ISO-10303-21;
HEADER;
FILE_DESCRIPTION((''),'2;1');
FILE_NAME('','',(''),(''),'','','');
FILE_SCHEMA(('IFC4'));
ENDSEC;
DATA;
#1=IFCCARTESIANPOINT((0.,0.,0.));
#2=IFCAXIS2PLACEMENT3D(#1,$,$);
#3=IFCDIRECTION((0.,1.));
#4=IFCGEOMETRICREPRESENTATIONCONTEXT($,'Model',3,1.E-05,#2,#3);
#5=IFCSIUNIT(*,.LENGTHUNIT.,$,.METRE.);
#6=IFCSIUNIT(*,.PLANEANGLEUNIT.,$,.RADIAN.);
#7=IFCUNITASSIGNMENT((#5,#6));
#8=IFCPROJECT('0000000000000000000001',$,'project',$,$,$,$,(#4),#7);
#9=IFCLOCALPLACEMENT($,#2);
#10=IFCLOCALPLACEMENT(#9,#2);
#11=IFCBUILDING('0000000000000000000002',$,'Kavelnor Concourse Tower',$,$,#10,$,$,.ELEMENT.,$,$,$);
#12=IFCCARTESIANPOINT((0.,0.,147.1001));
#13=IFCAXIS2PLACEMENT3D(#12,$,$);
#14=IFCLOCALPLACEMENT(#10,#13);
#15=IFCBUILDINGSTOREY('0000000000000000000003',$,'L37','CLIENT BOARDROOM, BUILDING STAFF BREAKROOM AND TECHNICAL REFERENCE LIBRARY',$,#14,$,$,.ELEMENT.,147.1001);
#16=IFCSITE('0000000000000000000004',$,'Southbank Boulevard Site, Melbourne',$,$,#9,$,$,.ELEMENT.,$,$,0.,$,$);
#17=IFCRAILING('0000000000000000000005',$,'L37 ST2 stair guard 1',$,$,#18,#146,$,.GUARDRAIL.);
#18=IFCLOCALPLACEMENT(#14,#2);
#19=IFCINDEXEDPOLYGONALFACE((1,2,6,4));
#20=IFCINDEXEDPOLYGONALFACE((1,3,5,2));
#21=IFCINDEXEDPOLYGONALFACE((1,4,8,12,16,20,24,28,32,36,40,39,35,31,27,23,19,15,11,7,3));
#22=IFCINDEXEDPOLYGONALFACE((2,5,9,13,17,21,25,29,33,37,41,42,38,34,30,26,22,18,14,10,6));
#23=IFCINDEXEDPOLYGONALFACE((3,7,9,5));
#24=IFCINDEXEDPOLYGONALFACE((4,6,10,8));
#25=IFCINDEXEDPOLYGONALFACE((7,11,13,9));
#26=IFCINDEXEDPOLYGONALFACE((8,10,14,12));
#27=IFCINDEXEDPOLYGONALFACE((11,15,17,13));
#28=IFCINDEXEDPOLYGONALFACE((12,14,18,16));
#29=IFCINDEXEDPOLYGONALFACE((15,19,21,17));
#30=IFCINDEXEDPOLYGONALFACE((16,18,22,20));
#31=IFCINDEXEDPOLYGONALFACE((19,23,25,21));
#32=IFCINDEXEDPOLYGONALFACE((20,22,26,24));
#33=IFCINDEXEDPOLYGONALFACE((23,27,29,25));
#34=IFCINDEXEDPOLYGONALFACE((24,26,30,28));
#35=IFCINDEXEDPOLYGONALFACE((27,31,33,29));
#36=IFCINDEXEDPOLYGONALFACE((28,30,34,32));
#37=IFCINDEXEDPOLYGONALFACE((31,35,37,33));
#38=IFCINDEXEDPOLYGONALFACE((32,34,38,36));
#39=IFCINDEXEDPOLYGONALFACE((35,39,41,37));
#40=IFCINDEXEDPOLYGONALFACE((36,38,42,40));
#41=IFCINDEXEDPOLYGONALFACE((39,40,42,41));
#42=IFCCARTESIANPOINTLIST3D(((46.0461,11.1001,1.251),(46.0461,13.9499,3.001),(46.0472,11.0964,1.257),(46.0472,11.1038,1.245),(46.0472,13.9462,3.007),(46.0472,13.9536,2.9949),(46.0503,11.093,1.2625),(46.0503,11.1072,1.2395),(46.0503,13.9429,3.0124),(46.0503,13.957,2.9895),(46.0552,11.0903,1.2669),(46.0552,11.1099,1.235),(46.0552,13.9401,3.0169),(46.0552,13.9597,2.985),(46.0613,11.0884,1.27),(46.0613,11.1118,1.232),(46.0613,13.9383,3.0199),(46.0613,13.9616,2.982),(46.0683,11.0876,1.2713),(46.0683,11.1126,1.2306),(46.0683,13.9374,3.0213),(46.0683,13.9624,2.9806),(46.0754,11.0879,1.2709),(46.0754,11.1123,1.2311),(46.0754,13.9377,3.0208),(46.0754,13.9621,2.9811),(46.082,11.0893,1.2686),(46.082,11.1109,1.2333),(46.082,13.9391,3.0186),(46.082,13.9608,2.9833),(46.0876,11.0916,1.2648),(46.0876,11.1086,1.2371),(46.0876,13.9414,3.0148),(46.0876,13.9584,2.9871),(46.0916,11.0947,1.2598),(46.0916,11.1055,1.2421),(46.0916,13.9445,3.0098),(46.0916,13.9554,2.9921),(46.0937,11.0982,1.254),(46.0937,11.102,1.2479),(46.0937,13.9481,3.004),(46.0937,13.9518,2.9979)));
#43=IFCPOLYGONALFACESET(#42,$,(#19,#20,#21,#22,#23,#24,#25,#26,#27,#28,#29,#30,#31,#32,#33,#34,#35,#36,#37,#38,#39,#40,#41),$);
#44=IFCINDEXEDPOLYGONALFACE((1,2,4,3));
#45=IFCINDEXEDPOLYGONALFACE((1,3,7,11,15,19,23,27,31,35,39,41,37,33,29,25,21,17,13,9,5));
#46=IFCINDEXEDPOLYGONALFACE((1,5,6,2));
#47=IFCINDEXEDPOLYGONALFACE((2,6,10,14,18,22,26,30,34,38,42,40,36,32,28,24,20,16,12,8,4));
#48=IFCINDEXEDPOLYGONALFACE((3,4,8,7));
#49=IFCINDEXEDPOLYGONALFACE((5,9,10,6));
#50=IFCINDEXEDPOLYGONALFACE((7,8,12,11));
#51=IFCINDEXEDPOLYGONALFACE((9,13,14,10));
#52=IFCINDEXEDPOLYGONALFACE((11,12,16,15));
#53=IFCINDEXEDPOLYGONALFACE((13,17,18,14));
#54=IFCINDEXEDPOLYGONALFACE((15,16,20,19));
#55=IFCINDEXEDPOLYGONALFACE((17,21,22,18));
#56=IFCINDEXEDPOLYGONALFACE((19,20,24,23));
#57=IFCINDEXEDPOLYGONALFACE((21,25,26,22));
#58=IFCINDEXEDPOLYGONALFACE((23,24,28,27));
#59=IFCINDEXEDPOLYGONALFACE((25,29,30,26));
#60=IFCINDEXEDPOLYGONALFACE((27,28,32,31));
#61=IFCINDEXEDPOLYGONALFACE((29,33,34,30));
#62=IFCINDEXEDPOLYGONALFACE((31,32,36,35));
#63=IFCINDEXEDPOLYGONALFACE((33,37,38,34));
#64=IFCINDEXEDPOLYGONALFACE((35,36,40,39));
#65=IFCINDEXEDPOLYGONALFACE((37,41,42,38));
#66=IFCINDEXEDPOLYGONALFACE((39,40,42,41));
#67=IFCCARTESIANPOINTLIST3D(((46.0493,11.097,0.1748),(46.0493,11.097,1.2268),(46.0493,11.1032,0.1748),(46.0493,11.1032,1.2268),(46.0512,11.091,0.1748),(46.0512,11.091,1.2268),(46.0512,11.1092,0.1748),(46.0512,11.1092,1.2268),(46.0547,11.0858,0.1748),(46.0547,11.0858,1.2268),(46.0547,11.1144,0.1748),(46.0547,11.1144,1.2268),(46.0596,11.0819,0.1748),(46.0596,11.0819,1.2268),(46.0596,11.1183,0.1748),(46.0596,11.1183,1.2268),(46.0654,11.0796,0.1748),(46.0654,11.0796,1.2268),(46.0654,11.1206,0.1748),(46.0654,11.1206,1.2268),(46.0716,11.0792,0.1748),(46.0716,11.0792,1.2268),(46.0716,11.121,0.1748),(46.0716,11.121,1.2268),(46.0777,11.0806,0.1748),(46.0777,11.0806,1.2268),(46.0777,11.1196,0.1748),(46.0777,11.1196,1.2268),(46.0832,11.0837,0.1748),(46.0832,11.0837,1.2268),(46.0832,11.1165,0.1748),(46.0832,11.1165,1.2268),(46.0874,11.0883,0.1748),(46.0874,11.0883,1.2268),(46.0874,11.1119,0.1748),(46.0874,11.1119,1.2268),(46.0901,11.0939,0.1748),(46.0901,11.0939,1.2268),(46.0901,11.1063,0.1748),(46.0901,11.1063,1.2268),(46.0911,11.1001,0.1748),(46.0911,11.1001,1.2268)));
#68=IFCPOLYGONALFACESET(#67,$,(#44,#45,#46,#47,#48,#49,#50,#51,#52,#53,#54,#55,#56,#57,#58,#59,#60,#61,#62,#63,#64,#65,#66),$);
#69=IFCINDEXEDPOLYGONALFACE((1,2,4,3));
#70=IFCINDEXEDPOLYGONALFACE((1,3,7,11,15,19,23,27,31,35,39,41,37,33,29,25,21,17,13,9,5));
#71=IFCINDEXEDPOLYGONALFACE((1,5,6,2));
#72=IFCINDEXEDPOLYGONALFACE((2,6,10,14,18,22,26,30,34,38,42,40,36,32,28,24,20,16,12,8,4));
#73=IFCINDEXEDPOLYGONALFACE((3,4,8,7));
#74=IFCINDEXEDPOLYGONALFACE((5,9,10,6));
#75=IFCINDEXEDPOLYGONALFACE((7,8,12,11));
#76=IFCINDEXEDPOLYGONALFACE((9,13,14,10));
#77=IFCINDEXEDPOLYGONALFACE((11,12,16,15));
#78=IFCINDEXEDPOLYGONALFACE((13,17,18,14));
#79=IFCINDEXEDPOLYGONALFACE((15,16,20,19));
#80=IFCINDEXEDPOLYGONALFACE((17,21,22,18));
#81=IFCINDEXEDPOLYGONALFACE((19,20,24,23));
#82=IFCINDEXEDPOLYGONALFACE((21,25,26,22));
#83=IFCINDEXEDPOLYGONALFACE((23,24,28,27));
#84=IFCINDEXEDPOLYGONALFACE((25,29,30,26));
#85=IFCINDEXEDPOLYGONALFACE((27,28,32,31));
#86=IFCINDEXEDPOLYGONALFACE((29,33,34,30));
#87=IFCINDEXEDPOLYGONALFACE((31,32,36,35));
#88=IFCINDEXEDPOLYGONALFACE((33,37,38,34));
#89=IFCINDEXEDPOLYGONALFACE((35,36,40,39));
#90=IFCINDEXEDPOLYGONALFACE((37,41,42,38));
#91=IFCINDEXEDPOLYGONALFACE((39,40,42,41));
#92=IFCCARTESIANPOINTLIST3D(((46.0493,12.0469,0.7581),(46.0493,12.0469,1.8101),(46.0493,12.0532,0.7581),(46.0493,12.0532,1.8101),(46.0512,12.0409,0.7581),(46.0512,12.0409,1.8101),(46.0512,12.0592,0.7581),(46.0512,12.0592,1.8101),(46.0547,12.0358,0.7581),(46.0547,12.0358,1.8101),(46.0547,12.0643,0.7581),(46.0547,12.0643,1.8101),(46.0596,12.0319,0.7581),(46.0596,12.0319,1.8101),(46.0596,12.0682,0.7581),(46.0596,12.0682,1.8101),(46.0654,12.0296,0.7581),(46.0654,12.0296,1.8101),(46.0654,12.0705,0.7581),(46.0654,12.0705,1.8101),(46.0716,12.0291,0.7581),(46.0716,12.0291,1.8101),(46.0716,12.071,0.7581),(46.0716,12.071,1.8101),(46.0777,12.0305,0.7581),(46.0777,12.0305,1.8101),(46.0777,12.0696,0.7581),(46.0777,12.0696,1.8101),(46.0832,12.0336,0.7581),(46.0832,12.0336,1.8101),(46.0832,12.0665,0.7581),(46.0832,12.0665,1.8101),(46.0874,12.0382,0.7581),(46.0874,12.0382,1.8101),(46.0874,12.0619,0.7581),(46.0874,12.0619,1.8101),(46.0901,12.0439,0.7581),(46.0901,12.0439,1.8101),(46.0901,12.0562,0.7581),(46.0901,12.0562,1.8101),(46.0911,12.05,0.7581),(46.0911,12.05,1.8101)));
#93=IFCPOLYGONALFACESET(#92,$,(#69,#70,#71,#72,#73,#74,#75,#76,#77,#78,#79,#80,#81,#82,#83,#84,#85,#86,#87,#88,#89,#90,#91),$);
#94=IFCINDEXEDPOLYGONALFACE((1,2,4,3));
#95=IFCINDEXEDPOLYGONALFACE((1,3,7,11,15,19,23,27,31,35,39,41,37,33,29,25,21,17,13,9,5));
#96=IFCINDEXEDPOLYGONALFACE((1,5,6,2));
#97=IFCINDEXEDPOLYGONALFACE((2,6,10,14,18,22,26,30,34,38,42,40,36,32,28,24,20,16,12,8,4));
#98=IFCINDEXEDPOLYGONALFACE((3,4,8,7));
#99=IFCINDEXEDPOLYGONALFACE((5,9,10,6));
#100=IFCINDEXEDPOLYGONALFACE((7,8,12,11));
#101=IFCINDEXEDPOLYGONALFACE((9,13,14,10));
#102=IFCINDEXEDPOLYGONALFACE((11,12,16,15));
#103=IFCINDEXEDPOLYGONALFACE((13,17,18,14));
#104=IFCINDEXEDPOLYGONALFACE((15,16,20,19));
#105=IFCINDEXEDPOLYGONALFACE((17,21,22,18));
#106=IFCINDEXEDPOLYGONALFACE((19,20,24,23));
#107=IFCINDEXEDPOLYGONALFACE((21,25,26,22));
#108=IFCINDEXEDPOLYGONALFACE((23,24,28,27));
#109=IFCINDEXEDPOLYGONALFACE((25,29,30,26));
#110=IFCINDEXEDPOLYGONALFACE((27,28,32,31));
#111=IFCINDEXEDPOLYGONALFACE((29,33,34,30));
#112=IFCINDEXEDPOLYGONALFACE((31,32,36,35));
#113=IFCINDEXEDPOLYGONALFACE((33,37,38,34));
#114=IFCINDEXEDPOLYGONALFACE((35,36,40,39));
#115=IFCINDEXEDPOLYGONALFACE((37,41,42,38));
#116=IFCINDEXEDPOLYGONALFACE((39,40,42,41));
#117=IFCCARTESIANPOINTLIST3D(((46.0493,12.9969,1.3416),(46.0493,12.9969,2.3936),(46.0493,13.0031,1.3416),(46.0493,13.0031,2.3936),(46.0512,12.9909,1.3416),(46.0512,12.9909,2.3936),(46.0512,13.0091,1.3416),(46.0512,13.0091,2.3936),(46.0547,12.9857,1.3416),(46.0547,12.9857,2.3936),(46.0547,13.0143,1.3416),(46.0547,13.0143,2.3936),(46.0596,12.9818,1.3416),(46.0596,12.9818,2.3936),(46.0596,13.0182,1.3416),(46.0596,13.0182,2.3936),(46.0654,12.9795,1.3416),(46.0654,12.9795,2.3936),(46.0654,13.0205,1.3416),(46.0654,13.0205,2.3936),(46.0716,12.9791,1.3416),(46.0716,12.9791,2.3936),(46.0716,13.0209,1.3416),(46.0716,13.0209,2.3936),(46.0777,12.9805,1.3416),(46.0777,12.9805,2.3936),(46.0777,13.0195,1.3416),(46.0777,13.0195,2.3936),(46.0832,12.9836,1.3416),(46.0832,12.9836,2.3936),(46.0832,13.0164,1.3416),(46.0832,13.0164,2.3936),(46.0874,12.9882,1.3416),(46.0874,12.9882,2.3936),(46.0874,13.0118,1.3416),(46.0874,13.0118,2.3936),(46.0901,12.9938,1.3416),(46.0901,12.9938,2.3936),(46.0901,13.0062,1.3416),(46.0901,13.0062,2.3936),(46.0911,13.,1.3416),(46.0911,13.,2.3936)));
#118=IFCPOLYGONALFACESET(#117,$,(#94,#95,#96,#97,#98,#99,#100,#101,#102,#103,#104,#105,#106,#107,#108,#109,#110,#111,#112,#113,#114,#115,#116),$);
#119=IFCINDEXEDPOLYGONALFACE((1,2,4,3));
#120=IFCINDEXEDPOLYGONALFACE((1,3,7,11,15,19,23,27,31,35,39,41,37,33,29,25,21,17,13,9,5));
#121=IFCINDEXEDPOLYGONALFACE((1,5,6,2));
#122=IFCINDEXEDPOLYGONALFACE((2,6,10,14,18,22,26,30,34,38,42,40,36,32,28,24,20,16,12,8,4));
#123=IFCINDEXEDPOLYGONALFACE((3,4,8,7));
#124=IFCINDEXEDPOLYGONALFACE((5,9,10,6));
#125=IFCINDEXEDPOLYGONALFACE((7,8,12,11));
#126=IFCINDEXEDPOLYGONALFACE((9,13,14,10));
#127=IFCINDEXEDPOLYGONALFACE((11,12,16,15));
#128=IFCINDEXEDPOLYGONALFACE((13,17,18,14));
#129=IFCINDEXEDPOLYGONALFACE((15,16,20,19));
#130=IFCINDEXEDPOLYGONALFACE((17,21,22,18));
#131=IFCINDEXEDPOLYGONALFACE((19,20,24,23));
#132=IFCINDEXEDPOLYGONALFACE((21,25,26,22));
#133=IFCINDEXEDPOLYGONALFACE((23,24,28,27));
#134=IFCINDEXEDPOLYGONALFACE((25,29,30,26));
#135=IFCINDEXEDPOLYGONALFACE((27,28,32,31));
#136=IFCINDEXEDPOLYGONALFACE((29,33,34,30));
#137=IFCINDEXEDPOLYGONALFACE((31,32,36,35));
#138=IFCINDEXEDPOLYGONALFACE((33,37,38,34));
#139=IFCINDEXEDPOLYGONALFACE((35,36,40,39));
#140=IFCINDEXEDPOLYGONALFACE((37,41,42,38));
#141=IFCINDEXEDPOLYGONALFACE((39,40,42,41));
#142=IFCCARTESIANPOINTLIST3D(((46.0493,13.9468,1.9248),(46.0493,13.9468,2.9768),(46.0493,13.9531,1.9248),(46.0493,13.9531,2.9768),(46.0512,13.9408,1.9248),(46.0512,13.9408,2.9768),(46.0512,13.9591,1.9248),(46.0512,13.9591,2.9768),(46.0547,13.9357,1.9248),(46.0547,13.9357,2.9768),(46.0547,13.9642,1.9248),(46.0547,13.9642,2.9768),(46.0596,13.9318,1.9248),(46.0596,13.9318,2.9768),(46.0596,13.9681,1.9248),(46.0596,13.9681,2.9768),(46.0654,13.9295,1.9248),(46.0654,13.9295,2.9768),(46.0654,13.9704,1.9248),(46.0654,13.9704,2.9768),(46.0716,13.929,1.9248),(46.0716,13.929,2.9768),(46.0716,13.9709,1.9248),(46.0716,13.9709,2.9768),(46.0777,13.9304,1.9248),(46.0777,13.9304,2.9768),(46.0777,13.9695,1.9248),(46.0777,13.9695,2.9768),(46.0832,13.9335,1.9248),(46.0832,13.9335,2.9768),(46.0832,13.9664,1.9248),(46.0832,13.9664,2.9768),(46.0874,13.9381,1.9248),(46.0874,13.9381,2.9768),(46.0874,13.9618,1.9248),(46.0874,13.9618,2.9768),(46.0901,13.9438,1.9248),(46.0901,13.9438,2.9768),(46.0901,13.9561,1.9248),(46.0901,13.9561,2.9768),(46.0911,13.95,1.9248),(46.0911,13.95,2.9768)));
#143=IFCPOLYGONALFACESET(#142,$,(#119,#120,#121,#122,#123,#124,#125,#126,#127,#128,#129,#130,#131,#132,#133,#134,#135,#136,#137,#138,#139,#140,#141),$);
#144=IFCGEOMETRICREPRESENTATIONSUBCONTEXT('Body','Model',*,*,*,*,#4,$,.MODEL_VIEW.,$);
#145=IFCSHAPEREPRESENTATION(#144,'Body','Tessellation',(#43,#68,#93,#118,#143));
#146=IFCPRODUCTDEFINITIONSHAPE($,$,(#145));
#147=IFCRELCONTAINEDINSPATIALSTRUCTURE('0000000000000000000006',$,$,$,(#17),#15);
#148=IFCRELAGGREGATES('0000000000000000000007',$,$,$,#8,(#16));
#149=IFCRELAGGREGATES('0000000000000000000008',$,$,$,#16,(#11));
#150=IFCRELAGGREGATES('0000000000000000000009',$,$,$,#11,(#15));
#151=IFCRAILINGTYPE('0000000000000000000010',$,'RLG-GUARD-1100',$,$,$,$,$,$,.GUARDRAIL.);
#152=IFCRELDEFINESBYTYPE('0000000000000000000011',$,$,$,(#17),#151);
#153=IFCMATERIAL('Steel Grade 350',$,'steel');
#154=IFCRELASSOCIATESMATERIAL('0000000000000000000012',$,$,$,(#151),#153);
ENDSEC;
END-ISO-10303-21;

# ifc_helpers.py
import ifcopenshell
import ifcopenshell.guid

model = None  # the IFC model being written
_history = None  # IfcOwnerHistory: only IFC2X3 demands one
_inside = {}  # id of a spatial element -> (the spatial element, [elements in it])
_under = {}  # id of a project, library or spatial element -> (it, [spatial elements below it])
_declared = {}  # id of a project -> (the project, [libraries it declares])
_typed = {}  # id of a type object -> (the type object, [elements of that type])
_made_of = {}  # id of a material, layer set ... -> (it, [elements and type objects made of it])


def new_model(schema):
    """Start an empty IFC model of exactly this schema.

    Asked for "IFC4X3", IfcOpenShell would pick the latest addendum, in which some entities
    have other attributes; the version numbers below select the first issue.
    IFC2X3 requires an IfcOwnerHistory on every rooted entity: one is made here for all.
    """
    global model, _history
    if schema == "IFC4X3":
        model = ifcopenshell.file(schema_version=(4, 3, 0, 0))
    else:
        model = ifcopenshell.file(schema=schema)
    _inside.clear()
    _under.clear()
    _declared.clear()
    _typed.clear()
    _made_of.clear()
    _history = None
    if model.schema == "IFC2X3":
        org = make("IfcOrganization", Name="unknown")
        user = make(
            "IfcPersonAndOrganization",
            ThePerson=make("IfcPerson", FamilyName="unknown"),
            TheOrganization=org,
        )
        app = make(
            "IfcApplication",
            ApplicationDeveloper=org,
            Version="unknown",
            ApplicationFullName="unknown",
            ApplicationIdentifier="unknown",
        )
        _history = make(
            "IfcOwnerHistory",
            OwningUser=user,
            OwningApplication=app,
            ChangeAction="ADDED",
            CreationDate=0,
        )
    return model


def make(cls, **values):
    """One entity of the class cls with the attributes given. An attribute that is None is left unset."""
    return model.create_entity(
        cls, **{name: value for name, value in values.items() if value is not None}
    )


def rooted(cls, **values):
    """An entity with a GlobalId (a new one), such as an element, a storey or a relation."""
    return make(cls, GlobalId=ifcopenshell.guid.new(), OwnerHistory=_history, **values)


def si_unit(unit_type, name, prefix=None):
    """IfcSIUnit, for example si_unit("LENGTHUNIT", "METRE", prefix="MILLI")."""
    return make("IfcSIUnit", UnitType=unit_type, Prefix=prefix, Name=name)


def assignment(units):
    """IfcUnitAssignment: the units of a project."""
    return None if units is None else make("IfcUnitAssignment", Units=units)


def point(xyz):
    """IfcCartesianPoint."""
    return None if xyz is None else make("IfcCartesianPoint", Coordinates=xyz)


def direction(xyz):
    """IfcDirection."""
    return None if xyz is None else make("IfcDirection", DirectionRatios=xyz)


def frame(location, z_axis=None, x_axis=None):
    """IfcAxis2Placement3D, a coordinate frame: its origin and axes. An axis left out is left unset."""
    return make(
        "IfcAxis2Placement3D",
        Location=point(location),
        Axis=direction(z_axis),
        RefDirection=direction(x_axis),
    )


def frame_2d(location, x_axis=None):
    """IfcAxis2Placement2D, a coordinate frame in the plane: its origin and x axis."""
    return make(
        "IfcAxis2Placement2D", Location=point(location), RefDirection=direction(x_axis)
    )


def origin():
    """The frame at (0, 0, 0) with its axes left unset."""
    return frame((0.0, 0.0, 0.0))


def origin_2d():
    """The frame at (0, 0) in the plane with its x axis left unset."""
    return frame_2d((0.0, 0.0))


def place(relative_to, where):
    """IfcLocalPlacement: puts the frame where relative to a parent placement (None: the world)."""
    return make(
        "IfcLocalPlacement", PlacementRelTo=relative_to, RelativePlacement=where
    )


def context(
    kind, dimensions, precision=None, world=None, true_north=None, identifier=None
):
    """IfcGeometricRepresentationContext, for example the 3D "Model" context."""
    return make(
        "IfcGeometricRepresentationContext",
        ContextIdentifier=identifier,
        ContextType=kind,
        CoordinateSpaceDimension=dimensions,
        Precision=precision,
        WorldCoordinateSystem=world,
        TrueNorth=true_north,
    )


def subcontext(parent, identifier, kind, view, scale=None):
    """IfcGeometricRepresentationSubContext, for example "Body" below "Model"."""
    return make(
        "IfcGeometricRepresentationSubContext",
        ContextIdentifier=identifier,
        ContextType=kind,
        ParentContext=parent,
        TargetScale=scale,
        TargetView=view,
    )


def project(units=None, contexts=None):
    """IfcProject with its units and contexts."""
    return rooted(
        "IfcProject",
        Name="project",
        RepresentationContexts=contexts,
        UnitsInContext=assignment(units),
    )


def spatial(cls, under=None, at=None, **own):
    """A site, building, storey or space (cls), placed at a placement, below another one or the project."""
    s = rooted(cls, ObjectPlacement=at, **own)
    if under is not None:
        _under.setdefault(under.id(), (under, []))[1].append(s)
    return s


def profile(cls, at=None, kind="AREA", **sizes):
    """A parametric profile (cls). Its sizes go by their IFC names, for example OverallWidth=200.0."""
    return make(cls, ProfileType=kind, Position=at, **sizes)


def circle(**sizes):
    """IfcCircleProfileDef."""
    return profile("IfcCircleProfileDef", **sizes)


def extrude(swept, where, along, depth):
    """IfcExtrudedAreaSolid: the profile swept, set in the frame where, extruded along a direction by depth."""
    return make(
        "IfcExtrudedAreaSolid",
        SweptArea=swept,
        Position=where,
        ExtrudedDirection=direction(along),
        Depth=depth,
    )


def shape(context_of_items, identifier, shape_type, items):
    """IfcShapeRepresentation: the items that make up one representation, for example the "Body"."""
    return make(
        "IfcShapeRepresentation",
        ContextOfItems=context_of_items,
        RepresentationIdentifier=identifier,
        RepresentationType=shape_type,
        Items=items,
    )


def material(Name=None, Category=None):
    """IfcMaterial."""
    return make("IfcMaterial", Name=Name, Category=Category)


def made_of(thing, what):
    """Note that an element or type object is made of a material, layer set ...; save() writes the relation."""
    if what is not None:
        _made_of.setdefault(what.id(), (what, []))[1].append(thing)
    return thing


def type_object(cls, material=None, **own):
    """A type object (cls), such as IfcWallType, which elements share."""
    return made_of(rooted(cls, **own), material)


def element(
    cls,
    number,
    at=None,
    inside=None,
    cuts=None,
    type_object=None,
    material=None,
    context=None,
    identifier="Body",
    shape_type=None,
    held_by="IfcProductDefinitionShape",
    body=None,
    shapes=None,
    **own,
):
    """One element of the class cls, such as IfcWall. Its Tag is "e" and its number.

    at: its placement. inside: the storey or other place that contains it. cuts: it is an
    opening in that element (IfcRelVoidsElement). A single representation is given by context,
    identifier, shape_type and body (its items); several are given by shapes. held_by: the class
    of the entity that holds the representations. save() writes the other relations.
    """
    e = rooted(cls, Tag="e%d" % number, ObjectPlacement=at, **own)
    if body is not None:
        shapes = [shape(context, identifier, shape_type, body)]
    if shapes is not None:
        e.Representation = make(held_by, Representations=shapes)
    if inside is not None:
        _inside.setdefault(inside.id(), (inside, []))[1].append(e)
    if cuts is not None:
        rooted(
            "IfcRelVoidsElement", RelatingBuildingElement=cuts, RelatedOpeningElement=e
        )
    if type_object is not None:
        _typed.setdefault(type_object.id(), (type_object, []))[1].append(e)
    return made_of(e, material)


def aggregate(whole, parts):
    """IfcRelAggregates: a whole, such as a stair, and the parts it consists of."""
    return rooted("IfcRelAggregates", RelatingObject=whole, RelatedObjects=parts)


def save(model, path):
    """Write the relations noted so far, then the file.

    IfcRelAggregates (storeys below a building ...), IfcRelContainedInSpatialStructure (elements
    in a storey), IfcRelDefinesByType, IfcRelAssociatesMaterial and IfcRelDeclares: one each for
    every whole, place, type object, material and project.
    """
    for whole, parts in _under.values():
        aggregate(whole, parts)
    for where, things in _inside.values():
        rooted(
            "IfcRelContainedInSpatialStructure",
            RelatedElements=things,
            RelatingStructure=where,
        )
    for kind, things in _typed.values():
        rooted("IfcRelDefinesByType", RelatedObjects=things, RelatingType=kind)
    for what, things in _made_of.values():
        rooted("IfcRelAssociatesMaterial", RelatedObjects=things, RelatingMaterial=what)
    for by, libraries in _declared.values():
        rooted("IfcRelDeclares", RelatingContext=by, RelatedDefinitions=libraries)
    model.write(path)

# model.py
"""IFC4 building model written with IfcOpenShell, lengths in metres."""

from ifc_helpers import new_model, si_unit, direction, frame, origin, origin_2d, place, context, subcontext, project, spatial, circle, extrude, material, type_object, element, save


model = new_model("IFC4")

# Units and contexts
model_context = context("Model", 3, precision=1e-05, world=origin(), true_north=direction((0.0, 1.0)))
body_context = subcontext(model_context, "Body", "Model", "MODEL_VIEW")
ifc_project = project(units=[si_unit("LENGTHUNIT", "METRE"), si_unit("PLANEANGLEUNIT", "RADIAN")], contexts=[model_context])

# Site, building, storey
site_placement = place(None, origin())
site = spatial("IfcSite", under=ifc_project, at=site_placement, Name="Southbank Boulevard Site, Melbourne", CompositionType="ELEMENT", RefElevation=0.0)
building_placement = place(site_placement, origin())
building = spatial("IfcBuilding", under=site, at=building_placement, Name="Kavelnor Concourse Tower", CompositionType="ELEMENT")
storey_placement = place(building_placement, frame((0.0, 0.0, 147.1001)))
storey = spatial("IfcBuildingStorey", under=building, at=storey_placement, Name="L37", Description="CLIENT BOARDROOM, BUILDING STAFF BREAKROOM AND TECHNICAL REFERENCE LIBRARY", CompositionType="ELEMENT", Elevation=147.1001)

# Shared definitions
ifc_material_1 = material(Name="Steel Grade 350", Category="steel")

# Railing
railing_type_1 = type_object("IfcRailingType", Name="RLG-GUARD-1100", PredefinedType="GUARDRAIL", material=ifc_material_1)
railing_1_placement = place(storey_placement, frame((46.0701, 11.1001, 0.1748)))
element("IfcRailing", 1, at=railing_1_placement, inside=storey, type_object=railing_type_1, Name="L37 ST2 stair guard 1", PredefinedType="GUARDRAIL", context=body_context, shape_type="SweptSolid", body=[
    extrude(circle(Radius=0.0239, at=origin_2d()), frame((0.0, 0.0, 1.0762), z_axis=(0.0, 0.852159, 0.523283), x_axis=(-1.0, 0.0, 0.0)), (0.0, 0.0, 1.0), 3.3442),
    extrude(circle(Radius=0.021, at=origin_2d()), origin(), (0.0, 0.0, 1.0), 1.052),
    extrude(circle(Radius=0.021, at=origin_2d()), frame((0.0, 0.95, 0.5833)), (0.0, 0.0, 1.0), 1.052),
    extrude(circle(Radius=0.021, at=origin_2d()), frame((0.0, 1.8999, 1.1667)), (0.0, 0.0, 1.0), 1.052),
    extrude(circle(Radius=0.021, at=origin_2d()), frame((0.0, 2.8499, 1.75)), (0.0, 0.0, 1.0), 1.052),
])

save(model, "model.ifc")
